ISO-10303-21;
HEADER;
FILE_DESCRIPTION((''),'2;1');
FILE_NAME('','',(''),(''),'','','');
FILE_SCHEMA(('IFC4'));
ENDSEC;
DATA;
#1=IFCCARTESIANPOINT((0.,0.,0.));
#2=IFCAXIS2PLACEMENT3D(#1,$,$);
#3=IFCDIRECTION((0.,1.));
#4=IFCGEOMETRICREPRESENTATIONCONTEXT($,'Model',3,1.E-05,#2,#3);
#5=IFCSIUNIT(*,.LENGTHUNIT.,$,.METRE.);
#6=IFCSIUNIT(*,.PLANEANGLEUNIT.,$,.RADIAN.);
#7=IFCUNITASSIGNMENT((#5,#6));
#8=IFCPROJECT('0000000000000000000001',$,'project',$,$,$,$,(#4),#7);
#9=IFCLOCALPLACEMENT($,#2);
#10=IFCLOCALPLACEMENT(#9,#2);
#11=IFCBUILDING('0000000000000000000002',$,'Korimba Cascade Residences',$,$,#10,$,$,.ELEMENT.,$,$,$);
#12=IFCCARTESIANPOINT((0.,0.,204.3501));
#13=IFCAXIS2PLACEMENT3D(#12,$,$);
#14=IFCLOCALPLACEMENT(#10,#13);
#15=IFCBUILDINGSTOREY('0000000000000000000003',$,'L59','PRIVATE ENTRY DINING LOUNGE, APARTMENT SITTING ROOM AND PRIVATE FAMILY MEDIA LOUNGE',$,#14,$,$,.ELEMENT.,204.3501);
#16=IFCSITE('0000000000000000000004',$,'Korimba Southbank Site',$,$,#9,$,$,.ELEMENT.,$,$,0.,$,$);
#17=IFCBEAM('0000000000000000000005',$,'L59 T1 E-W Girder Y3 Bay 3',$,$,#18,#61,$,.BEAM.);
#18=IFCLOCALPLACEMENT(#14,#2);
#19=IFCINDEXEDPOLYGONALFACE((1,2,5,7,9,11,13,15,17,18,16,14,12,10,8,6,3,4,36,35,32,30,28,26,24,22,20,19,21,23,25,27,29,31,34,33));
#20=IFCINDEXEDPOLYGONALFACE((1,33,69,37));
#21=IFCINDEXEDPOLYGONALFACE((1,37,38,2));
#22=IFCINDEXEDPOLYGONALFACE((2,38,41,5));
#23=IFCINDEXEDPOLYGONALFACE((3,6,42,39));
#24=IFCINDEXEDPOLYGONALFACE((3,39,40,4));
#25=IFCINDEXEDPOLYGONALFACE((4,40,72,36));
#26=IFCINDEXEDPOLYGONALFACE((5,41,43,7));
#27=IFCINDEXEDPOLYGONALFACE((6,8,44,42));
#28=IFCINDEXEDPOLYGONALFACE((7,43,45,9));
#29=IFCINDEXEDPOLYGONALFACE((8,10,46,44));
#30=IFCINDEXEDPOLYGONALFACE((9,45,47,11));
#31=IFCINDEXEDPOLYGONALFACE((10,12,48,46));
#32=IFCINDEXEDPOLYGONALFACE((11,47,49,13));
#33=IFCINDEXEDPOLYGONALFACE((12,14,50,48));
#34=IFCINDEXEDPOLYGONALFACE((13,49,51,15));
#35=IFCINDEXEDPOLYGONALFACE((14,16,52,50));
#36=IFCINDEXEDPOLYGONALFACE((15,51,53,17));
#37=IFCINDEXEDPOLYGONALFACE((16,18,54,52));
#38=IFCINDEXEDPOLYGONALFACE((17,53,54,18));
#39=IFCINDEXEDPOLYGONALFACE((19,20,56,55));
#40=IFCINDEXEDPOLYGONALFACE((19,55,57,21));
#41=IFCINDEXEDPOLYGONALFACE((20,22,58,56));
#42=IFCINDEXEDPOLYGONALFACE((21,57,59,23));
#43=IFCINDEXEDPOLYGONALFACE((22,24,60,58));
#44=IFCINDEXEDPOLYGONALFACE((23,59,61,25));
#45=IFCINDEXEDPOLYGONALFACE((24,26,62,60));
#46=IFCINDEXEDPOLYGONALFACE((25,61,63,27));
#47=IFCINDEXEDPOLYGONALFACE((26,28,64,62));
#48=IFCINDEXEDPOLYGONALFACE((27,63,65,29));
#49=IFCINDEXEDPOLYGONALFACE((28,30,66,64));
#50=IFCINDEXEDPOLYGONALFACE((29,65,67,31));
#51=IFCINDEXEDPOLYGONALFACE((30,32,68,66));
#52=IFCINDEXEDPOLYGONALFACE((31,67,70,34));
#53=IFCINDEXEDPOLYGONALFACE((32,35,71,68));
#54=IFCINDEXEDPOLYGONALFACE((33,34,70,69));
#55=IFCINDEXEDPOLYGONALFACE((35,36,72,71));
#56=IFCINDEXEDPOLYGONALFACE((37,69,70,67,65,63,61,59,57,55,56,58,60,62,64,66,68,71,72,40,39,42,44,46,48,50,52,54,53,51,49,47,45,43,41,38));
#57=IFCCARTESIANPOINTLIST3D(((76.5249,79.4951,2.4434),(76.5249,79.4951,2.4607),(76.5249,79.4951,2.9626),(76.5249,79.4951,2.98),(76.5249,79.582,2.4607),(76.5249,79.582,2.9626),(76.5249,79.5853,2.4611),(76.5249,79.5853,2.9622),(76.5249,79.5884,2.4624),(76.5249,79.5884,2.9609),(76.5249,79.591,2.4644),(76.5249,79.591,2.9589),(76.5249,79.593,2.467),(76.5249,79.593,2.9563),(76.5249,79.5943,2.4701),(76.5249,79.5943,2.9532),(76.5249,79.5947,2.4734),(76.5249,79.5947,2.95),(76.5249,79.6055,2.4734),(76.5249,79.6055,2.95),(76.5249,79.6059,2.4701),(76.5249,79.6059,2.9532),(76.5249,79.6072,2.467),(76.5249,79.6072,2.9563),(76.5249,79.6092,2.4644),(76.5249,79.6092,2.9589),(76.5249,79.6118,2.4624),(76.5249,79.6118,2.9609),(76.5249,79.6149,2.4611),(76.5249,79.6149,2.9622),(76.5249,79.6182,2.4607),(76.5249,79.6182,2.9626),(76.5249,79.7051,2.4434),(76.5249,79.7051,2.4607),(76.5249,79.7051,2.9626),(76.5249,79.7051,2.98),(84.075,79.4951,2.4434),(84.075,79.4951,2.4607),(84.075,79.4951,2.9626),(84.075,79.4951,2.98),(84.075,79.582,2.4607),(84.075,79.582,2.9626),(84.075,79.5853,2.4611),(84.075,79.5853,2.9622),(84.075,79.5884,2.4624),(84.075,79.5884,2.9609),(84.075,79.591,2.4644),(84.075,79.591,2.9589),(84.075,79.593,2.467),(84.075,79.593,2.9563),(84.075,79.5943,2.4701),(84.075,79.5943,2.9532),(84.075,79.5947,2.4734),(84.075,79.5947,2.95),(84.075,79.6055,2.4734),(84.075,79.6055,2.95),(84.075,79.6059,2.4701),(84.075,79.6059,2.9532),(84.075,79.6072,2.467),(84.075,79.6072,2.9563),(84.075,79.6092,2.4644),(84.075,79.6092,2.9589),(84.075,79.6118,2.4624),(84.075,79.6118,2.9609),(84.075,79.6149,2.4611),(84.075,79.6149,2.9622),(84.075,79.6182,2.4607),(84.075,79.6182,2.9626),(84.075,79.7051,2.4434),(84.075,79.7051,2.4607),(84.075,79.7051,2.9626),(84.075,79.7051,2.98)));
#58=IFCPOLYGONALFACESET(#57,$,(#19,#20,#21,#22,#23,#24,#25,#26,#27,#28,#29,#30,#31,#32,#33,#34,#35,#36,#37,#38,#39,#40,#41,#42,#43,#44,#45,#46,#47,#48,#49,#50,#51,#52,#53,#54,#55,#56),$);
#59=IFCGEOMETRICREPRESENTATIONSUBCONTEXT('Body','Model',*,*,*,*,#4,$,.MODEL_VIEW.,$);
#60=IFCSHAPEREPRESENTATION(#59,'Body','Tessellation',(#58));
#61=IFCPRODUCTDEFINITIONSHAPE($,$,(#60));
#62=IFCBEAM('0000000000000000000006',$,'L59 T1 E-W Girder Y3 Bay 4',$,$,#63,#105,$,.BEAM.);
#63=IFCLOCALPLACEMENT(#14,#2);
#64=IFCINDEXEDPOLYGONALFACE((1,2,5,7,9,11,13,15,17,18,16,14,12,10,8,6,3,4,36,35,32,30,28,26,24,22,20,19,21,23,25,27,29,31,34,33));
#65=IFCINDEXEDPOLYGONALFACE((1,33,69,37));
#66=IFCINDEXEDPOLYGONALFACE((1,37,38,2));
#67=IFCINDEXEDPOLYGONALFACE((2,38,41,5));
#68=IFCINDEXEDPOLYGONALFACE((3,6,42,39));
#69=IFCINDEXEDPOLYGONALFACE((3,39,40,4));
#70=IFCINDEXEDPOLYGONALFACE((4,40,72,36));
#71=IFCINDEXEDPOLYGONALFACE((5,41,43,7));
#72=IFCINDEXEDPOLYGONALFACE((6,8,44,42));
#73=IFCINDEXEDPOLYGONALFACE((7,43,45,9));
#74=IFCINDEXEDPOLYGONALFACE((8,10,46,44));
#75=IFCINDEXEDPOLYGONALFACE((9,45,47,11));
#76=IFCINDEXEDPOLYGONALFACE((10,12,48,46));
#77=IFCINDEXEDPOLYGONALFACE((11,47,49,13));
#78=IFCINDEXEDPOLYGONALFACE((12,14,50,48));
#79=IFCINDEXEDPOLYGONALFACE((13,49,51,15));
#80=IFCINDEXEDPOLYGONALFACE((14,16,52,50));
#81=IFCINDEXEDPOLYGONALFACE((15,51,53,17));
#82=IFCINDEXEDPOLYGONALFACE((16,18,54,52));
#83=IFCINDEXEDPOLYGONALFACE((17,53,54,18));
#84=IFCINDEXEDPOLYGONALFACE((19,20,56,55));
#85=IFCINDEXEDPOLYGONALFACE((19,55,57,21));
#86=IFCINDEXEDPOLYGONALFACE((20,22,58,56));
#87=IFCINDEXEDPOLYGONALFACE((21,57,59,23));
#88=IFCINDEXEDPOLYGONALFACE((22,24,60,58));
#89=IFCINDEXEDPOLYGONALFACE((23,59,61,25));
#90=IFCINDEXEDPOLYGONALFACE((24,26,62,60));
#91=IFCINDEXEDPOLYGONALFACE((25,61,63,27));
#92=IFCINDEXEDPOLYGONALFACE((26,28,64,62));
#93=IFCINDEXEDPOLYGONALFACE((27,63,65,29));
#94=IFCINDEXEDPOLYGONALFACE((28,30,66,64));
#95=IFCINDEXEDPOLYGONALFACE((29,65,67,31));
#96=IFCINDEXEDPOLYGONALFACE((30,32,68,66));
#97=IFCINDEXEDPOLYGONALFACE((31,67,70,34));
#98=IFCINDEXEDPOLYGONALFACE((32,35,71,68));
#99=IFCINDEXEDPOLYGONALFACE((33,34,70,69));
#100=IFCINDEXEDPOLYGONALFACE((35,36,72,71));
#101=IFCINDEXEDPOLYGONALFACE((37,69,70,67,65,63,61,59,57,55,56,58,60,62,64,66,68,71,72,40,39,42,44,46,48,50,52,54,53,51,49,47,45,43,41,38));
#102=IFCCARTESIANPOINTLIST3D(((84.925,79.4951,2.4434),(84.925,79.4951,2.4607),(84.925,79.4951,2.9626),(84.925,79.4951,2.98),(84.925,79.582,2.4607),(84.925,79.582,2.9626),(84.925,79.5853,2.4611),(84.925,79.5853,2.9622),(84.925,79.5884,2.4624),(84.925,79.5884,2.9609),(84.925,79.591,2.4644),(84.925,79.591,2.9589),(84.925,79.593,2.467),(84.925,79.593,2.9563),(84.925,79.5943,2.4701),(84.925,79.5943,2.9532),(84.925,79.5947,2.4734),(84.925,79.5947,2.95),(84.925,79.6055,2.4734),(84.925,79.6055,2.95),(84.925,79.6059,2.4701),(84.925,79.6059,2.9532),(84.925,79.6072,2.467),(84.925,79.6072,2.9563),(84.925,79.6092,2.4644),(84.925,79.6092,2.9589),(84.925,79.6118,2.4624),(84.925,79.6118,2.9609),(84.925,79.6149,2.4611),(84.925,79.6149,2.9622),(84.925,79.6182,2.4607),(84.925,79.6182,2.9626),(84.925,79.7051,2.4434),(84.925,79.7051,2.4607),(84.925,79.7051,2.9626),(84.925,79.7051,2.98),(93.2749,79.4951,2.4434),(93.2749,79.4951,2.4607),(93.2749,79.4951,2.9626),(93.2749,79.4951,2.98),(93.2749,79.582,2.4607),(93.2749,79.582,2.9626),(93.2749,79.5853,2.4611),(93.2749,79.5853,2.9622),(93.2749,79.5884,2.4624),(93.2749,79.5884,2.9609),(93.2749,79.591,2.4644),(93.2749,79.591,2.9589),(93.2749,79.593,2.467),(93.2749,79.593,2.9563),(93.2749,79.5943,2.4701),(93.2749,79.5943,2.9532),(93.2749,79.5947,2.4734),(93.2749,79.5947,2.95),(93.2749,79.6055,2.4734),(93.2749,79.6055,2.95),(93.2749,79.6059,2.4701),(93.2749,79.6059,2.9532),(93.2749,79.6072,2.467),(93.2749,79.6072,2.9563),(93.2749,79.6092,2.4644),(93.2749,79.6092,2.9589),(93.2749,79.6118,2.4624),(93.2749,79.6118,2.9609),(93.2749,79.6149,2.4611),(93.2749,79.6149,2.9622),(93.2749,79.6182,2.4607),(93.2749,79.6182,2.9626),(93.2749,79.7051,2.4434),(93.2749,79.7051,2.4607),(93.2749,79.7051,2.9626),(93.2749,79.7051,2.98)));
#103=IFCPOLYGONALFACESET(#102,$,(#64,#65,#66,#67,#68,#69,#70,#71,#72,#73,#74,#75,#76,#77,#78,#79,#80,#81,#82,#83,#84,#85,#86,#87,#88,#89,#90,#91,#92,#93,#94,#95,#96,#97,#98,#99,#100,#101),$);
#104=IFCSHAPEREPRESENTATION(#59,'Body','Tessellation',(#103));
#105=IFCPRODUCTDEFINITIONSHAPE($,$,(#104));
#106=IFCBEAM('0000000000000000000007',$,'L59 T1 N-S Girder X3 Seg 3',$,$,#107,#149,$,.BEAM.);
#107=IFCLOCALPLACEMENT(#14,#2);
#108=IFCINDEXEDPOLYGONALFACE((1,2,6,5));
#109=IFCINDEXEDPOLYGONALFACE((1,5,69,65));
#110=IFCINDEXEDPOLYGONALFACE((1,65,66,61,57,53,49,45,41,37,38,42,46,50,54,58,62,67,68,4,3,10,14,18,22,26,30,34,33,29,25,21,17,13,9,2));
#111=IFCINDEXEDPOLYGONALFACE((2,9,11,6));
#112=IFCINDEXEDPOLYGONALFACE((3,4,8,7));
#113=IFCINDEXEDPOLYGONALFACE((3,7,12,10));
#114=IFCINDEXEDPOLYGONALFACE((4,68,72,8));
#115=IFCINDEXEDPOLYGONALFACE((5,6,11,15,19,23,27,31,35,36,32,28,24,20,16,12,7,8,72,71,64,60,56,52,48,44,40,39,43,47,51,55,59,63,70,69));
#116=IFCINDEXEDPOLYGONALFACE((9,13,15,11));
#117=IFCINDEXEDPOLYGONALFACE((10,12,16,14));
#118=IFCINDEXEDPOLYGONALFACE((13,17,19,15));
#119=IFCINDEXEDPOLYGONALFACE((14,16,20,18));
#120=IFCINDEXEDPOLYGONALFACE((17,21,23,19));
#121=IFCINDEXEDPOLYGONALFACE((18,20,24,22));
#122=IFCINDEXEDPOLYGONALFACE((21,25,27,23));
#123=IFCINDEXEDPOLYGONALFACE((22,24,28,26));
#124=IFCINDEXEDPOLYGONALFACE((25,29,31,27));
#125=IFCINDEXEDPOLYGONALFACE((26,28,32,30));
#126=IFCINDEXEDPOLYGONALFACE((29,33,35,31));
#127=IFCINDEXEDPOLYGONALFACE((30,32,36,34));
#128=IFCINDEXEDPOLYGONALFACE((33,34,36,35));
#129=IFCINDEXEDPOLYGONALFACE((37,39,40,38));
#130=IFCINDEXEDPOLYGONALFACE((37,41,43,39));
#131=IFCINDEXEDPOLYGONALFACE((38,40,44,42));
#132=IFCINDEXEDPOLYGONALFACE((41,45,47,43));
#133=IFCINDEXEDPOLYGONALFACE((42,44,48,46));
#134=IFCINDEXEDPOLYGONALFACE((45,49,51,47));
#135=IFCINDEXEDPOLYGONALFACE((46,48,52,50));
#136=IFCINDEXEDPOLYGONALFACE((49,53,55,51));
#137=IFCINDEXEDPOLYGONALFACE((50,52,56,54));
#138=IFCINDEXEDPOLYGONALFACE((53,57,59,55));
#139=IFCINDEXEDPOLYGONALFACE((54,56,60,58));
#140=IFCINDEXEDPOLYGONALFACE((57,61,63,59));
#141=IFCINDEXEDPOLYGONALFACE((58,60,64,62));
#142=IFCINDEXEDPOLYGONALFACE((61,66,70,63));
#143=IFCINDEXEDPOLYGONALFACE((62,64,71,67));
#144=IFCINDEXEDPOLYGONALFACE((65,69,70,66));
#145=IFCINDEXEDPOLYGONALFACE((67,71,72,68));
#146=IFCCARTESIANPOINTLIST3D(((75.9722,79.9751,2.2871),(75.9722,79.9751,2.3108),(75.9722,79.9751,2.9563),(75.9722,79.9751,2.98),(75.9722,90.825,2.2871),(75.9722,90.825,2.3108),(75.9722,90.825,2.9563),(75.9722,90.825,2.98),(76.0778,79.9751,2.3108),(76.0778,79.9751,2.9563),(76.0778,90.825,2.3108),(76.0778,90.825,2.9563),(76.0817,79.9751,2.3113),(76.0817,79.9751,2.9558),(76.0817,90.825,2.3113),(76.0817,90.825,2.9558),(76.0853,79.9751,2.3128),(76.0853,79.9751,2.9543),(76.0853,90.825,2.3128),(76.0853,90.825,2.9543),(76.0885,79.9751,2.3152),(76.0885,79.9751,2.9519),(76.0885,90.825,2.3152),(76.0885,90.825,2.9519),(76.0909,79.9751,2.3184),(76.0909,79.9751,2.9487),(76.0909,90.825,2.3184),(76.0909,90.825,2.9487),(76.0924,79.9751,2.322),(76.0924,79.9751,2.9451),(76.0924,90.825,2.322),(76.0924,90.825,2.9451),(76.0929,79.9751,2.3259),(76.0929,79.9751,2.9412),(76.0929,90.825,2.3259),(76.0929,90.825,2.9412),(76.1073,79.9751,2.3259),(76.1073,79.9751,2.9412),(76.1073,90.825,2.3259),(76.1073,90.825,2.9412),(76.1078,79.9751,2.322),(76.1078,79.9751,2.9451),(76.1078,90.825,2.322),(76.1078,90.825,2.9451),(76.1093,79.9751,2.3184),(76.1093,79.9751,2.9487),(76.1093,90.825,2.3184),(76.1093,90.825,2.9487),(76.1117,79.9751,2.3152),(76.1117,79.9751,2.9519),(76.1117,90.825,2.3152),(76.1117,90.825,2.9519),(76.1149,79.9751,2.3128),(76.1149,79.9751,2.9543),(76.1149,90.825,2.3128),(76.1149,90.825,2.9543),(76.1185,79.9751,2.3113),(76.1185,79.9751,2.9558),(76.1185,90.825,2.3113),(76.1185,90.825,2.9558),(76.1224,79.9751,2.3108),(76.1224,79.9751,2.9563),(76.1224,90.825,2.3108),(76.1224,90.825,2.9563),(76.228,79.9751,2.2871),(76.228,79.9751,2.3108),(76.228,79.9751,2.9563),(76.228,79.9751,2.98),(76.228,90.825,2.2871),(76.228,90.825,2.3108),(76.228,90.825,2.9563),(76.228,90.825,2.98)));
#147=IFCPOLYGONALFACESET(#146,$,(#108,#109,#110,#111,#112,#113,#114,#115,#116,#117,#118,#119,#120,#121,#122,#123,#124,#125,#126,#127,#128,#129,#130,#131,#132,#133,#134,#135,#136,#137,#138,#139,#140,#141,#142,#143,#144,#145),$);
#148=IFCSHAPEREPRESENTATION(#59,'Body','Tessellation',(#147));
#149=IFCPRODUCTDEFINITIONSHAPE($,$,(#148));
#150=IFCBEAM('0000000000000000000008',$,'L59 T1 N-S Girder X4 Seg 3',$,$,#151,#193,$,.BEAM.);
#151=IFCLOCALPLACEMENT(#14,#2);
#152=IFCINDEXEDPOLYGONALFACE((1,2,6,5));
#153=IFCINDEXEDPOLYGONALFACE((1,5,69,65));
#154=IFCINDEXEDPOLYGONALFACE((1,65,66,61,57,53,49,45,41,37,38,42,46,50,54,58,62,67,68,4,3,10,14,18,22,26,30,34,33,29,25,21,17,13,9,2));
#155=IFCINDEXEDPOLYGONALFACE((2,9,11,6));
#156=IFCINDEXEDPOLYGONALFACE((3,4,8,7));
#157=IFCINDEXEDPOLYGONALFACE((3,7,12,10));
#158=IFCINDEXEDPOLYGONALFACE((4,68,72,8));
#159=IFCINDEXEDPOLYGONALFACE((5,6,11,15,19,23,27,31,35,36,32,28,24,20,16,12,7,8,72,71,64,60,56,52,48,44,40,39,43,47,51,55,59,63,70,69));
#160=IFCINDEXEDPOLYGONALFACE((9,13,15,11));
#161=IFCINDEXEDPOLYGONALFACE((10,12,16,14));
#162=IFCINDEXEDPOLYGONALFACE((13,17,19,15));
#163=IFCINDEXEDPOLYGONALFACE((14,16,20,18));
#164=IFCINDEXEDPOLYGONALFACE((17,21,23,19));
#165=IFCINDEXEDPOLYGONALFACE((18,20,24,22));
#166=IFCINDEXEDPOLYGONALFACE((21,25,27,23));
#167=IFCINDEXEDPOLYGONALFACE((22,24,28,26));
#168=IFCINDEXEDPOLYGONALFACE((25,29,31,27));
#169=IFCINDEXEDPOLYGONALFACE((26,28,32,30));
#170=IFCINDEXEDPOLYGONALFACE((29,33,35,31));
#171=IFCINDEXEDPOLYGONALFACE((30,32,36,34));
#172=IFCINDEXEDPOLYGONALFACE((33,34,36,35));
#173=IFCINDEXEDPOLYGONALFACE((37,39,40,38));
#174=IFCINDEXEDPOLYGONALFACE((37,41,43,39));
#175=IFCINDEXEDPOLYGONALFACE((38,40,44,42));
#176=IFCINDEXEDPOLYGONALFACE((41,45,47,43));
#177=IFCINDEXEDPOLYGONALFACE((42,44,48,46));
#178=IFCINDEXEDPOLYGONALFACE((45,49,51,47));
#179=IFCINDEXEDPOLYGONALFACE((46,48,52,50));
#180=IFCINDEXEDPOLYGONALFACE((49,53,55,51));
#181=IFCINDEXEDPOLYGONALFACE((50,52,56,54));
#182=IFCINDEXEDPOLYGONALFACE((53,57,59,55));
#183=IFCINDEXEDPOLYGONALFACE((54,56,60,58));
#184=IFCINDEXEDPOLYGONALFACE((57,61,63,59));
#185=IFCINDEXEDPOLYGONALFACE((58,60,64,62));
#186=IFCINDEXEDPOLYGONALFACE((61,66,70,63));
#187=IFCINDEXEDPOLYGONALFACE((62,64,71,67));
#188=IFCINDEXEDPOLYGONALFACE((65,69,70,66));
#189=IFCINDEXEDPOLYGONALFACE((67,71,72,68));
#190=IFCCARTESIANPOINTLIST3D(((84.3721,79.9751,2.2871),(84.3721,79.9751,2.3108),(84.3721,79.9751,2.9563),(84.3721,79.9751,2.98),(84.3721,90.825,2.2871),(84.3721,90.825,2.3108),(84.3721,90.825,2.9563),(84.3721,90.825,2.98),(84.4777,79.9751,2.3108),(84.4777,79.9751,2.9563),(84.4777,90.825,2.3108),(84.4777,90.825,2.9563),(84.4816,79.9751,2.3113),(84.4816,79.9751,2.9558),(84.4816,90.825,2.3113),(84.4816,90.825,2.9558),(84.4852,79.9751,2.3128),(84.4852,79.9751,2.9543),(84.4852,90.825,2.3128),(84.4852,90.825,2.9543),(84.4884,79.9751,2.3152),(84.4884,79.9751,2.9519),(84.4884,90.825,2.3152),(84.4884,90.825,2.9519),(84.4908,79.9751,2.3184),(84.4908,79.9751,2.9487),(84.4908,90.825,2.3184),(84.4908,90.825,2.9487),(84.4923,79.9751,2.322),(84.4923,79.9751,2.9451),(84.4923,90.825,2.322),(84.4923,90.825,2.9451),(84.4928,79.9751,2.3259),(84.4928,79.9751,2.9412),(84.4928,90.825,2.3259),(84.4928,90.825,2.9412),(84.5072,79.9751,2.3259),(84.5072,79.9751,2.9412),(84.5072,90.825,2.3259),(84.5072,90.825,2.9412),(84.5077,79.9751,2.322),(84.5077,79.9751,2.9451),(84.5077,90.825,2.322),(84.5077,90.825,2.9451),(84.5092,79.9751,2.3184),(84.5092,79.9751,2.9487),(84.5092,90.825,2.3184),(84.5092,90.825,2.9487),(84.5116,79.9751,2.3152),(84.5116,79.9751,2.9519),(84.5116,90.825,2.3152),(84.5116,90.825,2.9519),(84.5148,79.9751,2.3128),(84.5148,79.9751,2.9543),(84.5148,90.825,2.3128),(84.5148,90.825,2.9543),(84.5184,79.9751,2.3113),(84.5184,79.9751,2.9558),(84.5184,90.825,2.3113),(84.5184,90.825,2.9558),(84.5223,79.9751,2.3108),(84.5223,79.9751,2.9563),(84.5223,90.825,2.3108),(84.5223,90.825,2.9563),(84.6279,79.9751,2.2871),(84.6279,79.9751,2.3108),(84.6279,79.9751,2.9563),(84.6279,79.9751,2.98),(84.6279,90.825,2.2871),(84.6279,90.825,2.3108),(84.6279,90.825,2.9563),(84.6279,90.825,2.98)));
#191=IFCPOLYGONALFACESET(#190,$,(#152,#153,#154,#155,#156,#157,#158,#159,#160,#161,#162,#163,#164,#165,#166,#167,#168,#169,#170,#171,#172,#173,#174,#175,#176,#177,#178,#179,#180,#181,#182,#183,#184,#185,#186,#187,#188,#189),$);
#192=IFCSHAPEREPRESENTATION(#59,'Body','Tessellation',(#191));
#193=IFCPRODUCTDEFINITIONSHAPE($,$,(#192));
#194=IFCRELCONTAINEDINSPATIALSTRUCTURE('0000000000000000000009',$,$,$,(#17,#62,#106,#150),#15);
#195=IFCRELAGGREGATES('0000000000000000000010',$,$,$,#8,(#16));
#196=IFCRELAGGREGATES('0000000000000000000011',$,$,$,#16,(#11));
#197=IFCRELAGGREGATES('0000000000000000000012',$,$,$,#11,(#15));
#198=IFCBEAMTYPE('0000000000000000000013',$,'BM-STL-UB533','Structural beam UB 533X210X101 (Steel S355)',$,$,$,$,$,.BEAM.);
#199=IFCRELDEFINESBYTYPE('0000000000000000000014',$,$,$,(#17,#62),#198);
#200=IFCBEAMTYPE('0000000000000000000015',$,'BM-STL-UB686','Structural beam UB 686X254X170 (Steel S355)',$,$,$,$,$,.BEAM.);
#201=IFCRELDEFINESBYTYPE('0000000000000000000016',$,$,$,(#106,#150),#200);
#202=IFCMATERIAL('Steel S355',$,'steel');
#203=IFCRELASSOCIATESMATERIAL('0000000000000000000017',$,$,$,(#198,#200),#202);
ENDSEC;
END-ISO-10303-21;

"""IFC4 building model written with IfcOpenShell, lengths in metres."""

from ifc_helpers import new_model, si_unit, direction, frame, origin, origin_2d, place, context, subcontext, project, spatial, i_section, extrude, material, material_profile, profile_set, type_object, element, save


model = new_model("IFC4")

# Units and contexts
model_context = context("Model", 3, precision=1e-05, world=origin(), true_north=direction((0.0, 1.0)))
body_context = subcontext(model_context, "Body", "Model", "MODEL_VIEW")
ifc_project = project(units=[si_unit("LENGTHUNIT", "METRE"), si_unit("PLANEANGLEUNIT", "RADIAN")], contexts=[model_context])

# Site, building, storey
site_placement = place(None, origin())
site = spatial("IfcSite", under=ifc_project, at=site_placement, Name="Korimba Southbank Site", CompositionType="ELEMENT", RefElevation=0.0)
building_placement = place(site_placement, origin())
building = spatial("IfcBuilding", under=site, at=building_placement, Name="Korimba Cascade Residences", CompositionType="ELEMENT")
storey_placement = place(building_placement, frame((0.0, 0.0, 204.3501)))
storey = spatial("IfcBuildingStorey", under=building, at=storey_placement, Name="L59", Description="PRIVATE ENTRY DINING LOUNGE, APARTMENT SITTING ROOM AND PRIVATE FAMILY MEDIA LOUNGE", CompositionType="ELEMENT", Elevation=204.3501)

# Beams
ifc_material_1 = material(Name="Steel S355", Category="steel")
ifc_material_profile_1 = material_profile(ifc_material_1, i_section(OverallWidth=0.21, OverallDepth=0.5366, WebThickness=0.0107, FlangeThickness=0.0173, FilletRadius=0.0127, at=origin_2d()), Name="Steel S355")
ifc_profile_set_1 = profile_set([ifc_material_profile_1], Name="Steel S355")
beam_type_1 = type_object("IfcBeamType", Name="BM-STL-UB533", Description="Structural beam UB 533X210X101 (Steel S355)", PredefinedType="BEAM", material=ifc_profile_set_1)
beam_1_placement = place(storey_placement, frame((76.5249, 79.6001, 2.7117), z_axis=(1.0, 0.0, 0.0), x_axis=(0.0, 1.0, 0.0)))
element("IfcBeam", 1, at=beam_1_placement, inside=storey, type_object=beam_type_1, Name="L59 T1 E-W Girder Y3 Bay 3", PredefinedType="BEAM", context=body_context, shape_type="SweptSolid", body=[
    extrude(i_section(OverallWidth=0.21, OverallDepth=0.5366, WebThickness=0.0107, FlangeThickness=0.0173, FilletRadius=0.0127, at=origin_2d()), origin(), (0.0, 0.0, 1.0), 7.55),
])
beam_2_placement = place(storey_placement, frame((84.925, 79.6001, 2.7117), z_axis=(1.0, 0.0, 0.0), x_axis=(0.0, 1.0, 0.0)))
element("IfcBeam", 2, at=beam_2_placement, inside=storey, type_object=beam_type_1, Name="L59 T1 E-W Girder Y3 Bay 4", PredefinedType="BEAM", context=body_context, shape_type="SweptSolid", body=[
    extrude(i_section(OverallWidth=0.21, OverallDepth=0.5366, WebThickness=0.0107, FlangeThickness=0.0173, FilletRadius=0.0127, at=origin_2d()), origin(), (0.0, 0.0, 1.0), 8.3499),
])
ifc_material_profile_2 = material_profile(ifc_material_1, i_section(OverallWidth=0.2559, OverallDepth=0.6929, WebThickness=0.0144, FlangeThickness=0.0237, FilletRadius=0.0151, at=origin_2d()), Name="Steel S355")
ifc_profile_set_2 = profile_set([ifc_material_profile_2], Name="Steel S355")
beam_type_2 = type_object("IfcBeamType", Name="BM-STL-UB686", Description="Structural beam UB 686X254X170 (Steel S355)", PredefinedType="BEAM", material=ifc_profile_set_2)
for number, where, z_axis, x_axis, name in (
    (3, (76.1001, 79.9751, 2.6335), (0.0, 1.0, 0.0), (-1.0, 0.0, 0.0), "L59 T1 N-S Girder X3 Seg 3"),
    (4, (84.5, 79.9751, 2.6335), (0.0, 1.0, 0.0), (-1.0, 0.0, 0.0), "L59 T1 N-S Girder X4 Seg 3"),
):
    element("IfcBeam", number, at=place(storey_placement, frame(where, z_axis=z_axis, x_axis=x_axis)), inside=storey, type_object=beam_type_2, Name=name, PredefinedType="BEAM", context=body_context, shape_type="SweptSolid", body=[
        extrude(i_section(OverallWidth=0.2559, OverallDepth=0.6929, WebThickness=0.0144, FlangeThickness=0.0237, FilletRadius=0.0151, at=origin_2d()), origin(), (0.0, 0.0, 1.0), 10.8499),
    ])

save(model, "model.ifc")
